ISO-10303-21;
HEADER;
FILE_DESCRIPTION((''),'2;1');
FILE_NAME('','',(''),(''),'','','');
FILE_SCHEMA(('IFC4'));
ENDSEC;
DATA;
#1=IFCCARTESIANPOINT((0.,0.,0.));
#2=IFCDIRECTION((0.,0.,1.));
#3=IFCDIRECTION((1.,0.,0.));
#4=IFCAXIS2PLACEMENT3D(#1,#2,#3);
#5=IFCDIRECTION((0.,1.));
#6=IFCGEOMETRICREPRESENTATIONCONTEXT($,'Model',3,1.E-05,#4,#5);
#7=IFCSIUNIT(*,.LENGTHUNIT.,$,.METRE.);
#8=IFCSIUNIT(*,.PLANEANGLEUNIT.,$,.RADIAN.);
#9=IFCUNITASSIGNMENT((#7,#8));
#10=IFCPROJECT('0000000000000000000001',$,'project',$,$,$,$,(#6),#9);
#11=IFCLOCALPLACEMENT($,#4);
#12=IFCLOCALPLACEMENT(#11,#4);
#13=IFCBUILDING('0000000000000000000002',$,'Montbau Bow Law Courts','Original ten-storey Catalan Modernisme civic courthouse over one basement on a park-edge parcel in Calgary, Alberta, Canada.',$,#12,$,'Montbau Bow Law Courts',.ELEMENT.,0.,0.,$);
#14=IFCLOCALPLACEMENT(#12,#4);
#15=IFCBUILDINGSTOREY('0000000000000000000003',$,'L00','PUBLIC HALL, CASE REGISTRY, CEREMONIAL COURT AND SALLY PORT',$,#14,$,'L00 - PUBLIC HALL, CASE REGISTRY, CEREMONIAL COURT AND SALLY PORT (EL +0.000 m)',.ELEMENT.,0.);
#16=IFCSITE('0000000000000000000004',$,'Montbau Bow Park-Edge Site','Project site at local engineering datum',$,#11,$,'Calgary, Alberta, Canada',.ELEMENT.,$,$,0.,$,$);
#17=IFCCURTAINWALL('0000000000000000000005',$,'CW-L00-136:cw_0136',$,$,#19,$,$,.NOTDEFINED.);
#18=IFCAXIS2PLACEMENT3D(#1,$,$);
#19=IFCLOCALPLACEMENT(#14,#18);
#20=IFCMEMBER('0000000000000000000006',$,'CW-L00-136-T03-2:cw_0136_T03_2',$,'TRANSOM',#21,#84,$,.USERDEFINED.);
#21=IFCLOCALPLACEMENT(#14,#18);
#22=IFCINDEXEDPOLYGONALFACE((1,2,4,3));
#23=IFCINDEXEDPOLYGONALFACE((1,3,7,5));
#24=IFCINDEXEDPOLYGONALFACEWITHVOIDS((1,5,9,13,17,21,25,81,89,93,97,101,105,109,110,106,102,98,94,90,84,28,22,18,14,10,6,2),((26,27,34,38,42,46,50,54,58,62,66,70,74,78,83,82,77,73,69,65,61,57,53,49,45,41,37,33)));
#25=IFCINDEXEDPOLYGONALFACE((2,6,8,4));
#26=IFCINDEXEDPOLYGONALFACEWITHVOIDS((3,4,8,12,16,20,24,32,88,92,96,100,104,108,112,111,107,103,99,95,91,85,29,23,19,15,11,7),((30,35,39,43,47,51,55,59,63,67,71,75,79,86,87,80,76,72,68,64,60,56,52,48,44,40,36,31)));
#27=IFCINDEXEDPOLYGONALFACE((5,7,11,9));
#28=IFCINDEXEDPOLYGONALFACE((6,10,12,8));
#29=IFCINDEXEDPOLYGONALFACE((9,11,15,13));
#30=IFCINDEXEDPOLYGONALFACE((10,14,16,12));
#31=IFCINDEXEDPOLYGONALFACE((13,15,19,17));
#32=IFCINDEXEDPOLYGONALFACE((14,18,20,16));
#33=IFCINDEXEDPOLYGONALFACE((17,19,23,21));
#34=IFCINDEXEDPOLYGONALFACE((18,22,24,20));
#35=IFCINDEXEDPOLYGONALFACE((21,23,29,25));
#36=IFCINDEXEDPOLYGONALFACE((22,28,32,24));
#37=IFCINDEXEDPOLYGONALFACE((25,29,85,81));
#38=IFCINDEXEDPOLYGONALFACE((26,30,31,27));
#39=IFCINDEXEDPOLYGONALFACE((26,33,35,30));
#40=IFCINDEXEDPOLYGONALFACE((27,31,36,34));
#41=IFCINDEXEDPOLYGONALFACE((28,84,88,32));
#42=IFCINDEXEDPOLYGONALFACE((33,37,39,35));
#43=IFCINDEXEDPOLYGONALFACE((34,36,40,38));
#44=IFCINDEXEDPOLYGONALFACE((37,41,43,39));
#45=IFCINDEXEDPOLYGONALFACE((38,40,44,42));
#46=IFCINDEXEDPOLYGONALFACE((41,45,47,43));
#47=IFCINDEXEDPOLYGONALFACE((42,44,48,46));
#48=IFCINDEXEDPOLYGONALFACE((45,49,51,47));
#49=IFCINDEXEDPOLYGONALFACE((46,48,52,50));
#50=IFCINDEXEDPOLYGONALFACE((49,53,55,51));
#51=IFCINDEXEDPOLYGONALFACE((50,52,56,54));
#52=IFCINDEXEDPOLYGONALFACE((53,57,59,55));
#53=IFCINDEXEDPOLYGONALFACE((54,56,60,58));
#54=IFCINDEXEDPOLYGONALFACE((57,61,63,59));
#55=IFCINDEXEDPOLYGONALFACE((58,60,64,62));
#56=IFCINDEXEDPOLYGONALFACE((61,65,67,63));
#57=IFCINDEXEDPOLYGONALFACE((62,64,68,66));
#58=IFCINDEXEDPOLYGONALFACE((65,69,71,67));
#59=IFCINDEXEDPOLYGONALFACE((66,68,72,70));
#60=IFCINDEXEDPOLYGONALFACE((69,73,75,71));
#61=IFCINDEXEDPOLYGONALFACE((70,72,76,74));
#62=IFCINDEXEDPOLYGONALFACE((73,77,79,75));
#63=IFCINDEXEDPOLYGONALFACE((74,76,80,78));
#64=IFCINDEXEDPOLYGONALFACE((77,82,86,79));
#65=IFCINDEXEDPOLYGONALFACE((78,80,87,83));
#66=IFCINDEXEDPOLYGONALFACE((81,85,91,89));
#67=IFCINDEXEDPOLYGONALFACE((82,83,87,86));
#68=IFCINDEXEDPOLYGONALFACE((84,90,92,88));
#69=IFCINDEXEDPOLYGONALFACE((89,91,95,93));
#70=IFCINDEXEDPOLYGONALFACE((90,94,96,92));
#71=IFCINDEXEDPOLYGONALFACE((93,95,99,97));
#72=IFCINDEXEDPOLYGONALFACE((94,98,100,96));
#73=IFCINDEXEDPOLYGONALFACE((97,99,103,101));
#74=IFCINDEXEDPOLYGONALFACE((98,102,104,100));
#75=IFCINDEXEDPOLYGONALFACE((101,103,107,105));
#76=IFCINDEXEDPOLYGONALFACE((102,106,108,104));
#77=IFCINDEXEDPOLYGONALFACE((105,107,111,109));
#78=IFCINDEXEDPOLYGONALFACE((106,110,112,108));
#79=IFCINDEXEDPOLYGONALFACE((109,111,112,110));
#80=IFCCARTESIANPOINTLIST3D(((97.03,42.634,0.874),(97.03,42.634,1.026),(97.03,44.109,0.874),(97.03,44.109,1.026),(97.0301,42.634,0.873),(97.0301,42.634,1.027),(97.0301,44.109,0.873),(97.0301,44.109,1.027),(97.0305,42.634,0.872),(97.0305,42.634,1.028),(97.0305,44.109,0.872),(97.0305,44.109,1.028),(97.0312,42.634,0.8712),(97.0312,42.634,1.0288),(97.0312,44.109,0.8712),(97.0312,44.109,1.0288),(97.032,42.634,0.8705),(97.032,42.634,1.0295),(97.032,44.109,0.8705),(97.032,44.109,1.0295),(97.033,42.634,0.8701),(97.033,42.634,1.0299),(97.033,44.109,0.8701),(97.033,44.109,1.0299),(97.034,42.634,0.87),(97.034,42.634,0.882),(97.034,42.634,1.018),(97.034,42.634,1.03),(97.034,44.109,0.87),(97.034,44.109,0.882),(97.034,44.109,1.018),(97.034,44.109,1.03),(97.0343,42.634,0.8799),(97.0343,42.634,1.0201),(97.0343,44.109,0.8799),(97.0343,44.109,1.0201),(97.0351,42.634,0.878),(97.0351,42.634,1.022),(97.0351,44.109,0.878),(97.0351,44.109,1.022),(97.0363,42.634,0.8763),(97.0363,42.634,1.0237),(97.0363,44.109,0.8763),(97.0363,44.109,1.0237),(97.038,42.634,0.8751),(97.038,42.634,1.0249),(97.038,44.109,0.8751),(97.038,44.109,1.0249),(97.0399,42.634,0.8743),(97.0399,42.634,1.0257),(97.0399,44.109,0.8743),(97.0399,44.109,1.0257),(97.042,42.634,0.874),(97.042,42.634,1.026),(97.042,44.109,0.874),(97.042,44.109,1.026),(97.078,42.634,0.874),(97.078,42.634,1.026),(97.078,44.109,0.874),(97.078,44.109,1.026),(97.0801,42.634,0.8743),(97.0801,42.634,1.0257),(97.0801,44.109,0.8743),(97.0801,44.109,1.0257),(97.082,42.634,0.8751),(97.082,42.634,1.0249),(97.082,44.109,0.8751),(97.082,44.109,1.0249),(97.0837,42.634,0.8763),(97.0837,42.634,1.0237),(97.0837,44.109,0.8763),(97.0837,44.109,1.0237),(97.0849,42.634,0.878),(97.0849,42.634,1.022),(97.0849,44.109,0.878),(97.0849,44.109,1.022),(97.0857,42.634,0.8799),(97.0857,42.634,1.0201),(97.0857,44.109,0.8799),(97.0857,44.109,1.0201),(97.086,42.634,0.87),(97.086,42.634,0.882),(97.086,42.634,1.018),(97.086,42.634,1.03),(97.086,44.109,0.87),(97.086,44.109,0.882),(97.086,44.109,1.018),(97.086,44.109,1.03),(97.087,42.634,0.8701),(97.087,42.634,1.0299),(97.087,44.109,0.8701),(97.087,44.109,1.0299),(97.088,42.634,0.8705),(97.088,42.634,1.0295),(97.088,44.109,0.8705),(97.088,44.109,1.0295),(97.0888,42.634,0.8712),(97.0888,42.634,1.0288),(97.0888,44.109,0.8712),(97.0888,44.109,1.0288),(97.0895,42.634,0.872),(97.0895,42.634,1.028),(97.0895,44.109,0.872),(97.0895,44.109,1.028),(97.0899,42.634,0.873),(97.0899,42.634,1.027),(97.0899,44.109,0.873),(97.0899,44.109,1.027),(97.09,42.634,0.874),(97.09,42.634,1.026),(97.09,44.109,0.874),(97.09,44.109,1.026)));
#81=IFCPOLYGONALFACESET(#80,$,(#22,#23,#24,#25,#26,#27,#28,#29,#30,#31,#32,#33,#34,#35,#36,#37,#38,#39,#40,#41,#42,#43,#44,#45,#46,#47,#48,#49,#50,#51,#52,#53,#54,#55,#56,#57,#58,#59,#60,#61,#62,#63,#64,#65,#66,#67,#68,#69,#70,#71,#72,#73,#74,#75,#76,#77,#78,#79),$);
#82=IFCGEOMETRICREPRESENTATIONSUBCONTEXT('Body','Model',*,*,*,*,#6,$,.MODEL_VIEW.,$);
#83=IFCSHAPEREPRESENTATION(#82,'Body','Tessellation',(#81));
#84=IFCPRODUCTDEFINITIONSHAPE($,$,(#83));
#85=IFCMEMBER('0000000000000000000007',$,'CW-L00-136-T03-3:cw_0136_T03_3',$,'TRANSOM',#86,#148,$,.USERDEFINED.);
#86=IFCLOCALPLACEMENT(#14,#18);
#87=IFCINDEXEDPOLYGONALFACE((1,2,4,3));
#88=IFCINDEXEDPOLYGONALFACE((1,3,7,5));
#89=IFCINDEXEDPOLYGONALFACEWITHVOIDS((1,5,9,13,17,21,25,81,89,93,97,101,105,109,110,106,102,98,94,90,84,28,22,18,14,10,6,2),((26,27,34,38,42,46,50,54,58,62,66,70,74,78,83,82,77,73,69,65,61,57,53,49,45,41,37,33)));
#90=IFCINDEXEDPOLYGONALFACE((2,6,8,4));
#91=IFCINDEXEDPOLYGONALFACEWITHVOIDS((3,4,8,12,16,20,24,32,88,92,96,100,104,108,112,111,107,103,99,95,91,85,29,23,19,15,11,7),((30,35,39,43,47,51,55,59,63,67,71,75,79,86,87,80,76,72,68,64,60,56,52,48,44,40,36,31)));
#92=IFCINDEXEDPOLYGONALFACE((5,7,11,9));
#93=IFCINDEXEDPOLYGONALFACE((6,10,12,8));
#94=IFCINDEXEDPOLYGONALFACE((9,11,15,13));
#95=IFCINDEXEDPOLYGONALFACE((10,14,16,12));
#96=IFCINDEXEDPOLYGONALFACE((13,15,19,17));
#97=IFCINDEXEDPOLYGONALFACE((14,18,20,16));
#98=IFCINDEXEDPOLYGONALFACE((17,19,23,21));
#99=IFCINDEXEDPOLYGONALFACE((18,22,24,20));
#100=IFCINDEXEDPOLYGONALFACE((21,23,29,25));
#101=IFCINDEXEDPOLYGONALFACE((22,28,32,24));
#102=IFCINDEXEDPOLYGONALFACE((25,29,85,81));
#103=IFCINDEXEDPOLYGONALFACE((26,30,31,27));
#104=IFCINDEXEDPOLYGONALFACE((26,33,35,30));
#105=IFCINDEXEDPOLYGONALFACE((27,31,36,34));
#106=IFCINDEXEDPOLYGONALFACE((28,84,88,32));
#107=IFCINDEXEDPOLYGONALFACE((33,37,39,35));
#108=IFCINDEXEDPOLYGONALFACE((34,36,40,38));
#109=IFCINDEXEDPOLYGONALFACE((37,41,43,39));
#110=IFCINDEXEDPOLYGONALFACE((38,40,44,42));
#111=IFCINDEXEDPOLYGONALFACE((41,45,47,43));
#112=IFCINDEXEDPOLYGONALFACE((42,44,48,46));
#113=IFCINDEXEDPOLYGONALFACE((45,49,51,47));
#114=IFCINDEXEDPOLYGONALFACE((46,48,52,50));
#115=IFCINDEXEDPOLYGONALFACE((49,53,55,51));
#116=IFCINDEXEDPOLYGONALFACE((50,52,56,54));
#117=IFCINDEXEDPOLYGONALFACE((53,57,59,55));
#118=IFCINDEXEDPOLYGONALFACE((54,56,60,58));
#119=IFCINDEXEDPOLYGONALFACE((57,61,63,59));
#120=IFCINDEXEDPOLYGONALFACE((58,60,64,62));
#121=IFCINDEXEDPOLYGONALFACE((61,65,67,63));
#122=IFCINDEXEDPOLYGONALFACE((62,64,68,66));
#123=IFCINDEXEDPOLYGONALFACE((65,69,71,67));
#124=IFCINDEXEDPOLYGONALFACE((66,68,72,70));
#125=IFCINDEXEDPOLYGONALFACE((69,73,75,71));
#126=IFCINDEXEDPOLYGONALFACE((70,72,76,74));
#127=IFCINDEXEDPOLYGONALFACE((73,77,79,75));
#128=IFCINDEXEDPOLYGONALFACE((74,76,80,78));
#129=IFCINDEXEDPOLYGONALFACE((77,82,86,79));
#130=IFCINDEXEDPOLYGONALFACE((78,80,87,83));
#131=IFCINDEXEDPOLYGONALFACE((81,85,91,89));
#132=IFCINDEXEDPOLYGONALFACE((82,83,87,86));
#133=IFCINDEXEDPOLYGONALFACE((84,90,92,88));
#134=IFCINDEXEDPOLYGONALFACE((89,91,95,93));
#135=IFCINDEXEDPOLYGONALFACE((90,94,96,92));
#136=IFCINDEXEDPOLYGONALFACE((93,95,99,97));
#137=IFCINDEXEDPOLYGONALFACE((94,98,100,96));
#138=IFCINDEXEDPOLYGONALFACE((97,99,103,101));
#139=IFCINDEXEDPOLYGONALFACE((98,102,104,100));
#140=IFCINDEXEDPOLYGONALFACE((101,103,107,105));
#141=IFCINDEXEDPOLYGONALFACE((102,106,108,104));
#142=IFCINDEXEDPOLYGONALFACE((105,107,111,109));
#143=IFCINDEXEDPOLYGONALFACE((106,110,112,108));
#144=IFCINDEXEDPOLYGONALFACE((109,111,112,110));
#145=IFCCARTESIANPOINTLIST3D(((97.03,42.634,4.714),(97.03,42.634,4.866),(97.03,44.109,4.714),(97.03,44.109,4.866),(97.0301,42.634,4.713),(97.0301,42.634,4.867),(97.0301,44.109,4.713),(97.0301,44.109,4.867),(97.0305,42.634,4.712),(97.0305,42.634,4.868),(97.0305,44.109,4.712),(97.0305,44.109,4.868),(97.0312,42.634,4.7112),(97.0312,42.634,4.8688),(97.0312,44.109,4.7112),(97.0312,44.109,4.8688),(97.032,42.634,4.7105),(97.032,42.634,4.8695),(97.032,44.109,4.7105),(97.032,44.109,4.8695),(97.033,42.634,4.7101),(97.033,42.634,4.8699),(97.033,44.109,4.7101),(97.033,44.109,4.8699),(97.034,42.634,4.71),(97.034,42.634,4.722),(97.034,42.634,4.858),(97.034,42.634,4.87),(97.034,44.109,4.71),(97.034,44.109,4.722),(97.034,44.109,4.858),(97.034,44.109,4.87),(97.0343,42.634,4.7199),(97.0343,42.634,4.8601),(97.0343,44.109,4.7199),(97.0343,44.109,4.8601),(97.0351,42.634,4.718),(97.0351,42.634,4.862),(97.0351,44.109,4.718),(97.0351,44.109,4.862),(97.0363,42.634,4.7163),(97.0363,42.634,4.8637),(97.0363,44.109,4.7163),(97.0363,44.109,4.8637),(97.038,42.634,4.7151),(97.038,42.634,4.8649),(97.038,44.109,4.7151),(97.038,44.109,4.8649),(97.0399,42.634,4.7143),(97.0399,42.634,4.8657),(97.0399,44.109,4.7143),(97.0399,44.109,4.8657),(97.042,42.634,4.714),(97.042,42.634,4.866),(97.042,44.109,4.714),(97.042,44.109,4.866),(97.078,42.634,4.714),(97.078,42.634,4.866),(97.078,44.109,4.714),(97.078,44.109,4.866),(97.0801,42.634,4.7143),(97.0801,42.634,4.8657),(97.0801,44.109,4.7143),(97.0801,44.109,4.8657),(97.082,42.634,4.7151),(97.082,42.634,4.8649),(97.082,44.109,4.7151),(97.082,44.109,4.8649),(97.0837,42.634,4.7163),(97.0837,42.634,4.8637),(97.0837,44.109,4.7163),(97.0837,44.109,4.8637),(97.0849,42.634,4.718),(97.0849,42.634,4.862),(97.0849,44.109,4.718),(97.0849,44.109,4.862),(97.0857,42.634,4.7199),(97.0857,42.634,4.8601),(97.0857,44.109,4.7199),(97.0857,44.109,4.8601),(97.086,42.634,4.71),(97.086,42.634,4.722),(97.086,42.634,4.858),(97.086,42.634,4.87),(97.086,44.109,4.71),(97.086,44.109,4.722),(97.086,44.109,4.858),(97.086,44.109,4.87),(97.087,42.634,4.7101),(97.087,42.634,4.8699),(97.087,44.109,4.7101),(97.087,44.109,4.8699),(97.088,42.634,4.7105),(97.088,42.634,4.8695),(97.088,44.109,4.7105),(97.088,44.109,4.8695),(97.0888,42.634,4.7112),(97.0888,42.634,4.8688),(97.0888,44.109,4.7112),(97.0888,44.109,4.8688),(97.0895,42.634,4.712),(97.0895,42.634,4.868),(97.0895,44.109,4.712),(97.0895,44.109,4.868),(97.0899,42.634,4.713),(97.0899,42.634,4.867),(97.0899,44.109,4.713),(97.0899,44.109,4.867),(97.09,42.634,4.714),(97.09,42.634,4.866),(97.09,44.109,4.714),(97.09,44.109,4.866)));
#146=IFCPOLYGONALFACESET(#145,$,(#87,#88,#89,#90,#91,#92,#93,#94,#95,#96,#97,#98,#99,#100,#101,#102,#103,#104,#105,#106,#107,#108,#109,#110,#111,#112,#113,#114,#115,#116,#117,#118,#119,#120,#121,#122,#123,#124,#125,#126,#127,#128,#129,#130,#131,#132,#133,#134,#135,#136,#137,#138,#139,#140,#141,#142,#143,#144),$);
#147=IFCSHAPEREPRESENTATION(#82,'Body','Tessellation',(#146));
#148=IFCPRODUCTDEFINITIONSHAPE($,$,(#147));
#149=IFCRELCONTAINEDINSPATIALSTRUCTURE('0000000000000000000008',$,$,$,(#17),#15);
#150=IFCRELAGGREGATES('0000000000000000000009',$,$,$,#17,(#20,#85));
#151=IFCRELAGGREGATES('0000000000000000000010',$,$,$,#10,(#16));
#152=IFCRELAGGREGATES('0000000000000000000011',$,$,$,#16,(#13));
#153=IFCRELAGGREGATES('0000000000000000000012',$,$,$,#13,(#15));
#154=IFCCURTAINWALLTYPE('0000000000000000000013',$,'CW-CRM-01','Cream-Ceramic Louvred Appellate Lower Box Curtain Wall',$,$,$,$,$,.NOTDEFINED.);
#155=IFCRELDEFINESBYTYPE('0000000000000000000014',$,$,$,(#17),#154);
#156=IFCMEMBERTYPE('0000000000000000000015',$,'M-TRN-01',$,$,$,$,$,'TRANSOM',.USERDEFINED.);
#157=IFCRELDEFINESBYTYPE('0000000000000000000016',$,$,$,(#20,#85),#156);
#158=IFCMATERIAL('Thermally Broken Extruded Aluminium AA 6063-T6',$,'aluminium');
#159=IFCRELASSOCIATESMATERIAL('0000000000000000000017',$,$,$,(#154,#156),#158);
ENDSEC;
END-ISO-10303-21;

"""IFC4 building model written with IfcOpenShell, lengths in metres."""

from ifc_helpers import new_model, si_unit, direction, frame, origin_with_axes, origin_2d_with_axis, place, context, subcontext, project, spatial, hollow_rectangle, extrude, material, material_profile, profile_set, type_object, element, aggregate, save


model = new_model("IFC4")

# Units and contexts
model_context = context("Model", 3, precision=1e-05, world=origin_with_axes(), true_north=direction((0.0, 1.0)))
body_context = subcontext(model_context, "Body", "Model", "MODEL_VIEW")
ifc_project = project(units=[si_unit("LENGTHUNIT", "METRE"), si_unit("PLANEANGLEUNIT", "RADIAN")], contexts=[model_context])

# Site, building, storey
site_placement = place(None, origin_with_axes())
site = spatial("IfcSite", under=ifc_project, at=site_placement, Name="Montbau Bow Park-Edge Site", Description="Project site at local engineering datum", LongName="Calgary, Alberta, Canada", CompositionType="ELEMENT", RefElevation=0.0)
building_placement = place(site_placement, origin_with_axes())
building = spatial("IfcBuilding", under=site, at=building_placement, Name="Montbau Bow Law Courts", Description="Original ten-storey Catalan Modernisme civic courthouse over one basement on a park-edge parcel in Calgary, Alberta, Canada.", LongName="Montbau Bow Law Courts", CompositionType="ELEMENT", ElevationOfRefHeight=0.0, ElevationOfTerrain=0.0)
storey_placement = place(building_placement, origin_with_axes())
storey = spatial("IfcBuildingStorey", under=building, at=storey_placement, Name="L00", Description="PUBLIC HALL, CASE REGISTRY, CEREMONIAL COURT AND SALLY PORT", LongName="L00 - PUBLIC HALL, CASE REGISTRY, CEREMONIAL COURT AND SALLY PORT (EL +0.000 m)", CompositionType="ELEMENT", Elevation=0.0)

# Curtain wall
ifc_material_1 = material(Name="Thermally Broken Extruded Aluminium AA 6063-T6", Category="aluminium")
curtain_wall_type = type_object("IfcCurtainWallType", Name="CW-CRM-01", Description="Cream-Ceramic Louvred Appellate Lower Box Curtain Wall", PredefinedType="NOTDEFINED", material=ifc_material_1)
curtain_wall_1_placement = place(None, frame((97.06, 39.515, 0.0), z_axis=(0.0, 0.0, 1.0), x_axis=(1.0, 0.0, 0.0)))
curtain_wall_1 = element("IfcCurtainWall", 1, at=curtain_wall_1_placement, inside=storey, type_object=curtain_wall_type, Name="CW-L00-136:cw_0136", PredefinedType="NOTDEFINED")

# Members
ifc_material_profile_1 = material_profile(ifc_material_1, hollow_rectangle(XDim=0.06, YDim=0.16, WallThickness=0.004, InnerFilletRadius=0.008, OuterFilletRadius=0.004, at=origin_2d_with_axis()), Name="CWT-160X60", Category="Main", Priority=0)
ifc_profile_set_1 = profile_set([ifc_material_profile_1], Name="Thermally Broken Extruded Aluminium AA 6063-T6")
member_type_1 = type_object("IfcMemberType", Name="M-TRN-01", ElementType="TRANSOM", PredefinedType="USERDEFINED", material=ifc_profile_set_1)
member_1_placement = place(None, frame((97.06, 42.634, 0.95), z_axis=(0.0, 1.0, 0.0), x_axis=(-1.0, 0.0, 0.0)))
member_1 = element("IfcMember", 2, at=member_1_placement, type_object=member_type_1, Name="CW-L00-136-T03-2:cw_0136_T03_2", ObjectType="TRANSOM", PredefinedType="USERDEFINED", context=body_context, shape_type="SweptSolid", body=[
    extrude(hollow_rectangle(XDim=0.06, YDim=0.16, WallThickness=0.004, InnerFilletRadius=0.008, OuterFilletRadius=0.004, at=origin_2d_with_axis()), origin_with_axes(), (0.0, 0.0, 1.0), 1.475),
])
member_2_placement = place(None, frame((97.06, 42.634, 4.79), z_axis=(0.0, 1.0, 0.0), x_axis=(-1.0, 0.0, 0.0)))
member_2 = element("IfcMember", 3, at=member_2_placement, type_object=member_type_1, Name="CW-L00-136-T03-3:cw_0136_T03_3", ObjectType="TRANSOM", PredefinedType="USERDEFINED", context=body_context, shape_type="SweptSolid", body=[
    extrude(hollow_rectangle(XDim=0.06, YDim=0.16, WallThickness=0.004, InnerFilletRadius=0.008, OuterFilletRadius=0.004, at=origin_2d_with_axis()), origin_with_axes(), (0.0, 0.0, 1.0), 1.475),
])

aggregate(curtain_wall_1, [member_1, member_2])

save(model, "model.ifc")
